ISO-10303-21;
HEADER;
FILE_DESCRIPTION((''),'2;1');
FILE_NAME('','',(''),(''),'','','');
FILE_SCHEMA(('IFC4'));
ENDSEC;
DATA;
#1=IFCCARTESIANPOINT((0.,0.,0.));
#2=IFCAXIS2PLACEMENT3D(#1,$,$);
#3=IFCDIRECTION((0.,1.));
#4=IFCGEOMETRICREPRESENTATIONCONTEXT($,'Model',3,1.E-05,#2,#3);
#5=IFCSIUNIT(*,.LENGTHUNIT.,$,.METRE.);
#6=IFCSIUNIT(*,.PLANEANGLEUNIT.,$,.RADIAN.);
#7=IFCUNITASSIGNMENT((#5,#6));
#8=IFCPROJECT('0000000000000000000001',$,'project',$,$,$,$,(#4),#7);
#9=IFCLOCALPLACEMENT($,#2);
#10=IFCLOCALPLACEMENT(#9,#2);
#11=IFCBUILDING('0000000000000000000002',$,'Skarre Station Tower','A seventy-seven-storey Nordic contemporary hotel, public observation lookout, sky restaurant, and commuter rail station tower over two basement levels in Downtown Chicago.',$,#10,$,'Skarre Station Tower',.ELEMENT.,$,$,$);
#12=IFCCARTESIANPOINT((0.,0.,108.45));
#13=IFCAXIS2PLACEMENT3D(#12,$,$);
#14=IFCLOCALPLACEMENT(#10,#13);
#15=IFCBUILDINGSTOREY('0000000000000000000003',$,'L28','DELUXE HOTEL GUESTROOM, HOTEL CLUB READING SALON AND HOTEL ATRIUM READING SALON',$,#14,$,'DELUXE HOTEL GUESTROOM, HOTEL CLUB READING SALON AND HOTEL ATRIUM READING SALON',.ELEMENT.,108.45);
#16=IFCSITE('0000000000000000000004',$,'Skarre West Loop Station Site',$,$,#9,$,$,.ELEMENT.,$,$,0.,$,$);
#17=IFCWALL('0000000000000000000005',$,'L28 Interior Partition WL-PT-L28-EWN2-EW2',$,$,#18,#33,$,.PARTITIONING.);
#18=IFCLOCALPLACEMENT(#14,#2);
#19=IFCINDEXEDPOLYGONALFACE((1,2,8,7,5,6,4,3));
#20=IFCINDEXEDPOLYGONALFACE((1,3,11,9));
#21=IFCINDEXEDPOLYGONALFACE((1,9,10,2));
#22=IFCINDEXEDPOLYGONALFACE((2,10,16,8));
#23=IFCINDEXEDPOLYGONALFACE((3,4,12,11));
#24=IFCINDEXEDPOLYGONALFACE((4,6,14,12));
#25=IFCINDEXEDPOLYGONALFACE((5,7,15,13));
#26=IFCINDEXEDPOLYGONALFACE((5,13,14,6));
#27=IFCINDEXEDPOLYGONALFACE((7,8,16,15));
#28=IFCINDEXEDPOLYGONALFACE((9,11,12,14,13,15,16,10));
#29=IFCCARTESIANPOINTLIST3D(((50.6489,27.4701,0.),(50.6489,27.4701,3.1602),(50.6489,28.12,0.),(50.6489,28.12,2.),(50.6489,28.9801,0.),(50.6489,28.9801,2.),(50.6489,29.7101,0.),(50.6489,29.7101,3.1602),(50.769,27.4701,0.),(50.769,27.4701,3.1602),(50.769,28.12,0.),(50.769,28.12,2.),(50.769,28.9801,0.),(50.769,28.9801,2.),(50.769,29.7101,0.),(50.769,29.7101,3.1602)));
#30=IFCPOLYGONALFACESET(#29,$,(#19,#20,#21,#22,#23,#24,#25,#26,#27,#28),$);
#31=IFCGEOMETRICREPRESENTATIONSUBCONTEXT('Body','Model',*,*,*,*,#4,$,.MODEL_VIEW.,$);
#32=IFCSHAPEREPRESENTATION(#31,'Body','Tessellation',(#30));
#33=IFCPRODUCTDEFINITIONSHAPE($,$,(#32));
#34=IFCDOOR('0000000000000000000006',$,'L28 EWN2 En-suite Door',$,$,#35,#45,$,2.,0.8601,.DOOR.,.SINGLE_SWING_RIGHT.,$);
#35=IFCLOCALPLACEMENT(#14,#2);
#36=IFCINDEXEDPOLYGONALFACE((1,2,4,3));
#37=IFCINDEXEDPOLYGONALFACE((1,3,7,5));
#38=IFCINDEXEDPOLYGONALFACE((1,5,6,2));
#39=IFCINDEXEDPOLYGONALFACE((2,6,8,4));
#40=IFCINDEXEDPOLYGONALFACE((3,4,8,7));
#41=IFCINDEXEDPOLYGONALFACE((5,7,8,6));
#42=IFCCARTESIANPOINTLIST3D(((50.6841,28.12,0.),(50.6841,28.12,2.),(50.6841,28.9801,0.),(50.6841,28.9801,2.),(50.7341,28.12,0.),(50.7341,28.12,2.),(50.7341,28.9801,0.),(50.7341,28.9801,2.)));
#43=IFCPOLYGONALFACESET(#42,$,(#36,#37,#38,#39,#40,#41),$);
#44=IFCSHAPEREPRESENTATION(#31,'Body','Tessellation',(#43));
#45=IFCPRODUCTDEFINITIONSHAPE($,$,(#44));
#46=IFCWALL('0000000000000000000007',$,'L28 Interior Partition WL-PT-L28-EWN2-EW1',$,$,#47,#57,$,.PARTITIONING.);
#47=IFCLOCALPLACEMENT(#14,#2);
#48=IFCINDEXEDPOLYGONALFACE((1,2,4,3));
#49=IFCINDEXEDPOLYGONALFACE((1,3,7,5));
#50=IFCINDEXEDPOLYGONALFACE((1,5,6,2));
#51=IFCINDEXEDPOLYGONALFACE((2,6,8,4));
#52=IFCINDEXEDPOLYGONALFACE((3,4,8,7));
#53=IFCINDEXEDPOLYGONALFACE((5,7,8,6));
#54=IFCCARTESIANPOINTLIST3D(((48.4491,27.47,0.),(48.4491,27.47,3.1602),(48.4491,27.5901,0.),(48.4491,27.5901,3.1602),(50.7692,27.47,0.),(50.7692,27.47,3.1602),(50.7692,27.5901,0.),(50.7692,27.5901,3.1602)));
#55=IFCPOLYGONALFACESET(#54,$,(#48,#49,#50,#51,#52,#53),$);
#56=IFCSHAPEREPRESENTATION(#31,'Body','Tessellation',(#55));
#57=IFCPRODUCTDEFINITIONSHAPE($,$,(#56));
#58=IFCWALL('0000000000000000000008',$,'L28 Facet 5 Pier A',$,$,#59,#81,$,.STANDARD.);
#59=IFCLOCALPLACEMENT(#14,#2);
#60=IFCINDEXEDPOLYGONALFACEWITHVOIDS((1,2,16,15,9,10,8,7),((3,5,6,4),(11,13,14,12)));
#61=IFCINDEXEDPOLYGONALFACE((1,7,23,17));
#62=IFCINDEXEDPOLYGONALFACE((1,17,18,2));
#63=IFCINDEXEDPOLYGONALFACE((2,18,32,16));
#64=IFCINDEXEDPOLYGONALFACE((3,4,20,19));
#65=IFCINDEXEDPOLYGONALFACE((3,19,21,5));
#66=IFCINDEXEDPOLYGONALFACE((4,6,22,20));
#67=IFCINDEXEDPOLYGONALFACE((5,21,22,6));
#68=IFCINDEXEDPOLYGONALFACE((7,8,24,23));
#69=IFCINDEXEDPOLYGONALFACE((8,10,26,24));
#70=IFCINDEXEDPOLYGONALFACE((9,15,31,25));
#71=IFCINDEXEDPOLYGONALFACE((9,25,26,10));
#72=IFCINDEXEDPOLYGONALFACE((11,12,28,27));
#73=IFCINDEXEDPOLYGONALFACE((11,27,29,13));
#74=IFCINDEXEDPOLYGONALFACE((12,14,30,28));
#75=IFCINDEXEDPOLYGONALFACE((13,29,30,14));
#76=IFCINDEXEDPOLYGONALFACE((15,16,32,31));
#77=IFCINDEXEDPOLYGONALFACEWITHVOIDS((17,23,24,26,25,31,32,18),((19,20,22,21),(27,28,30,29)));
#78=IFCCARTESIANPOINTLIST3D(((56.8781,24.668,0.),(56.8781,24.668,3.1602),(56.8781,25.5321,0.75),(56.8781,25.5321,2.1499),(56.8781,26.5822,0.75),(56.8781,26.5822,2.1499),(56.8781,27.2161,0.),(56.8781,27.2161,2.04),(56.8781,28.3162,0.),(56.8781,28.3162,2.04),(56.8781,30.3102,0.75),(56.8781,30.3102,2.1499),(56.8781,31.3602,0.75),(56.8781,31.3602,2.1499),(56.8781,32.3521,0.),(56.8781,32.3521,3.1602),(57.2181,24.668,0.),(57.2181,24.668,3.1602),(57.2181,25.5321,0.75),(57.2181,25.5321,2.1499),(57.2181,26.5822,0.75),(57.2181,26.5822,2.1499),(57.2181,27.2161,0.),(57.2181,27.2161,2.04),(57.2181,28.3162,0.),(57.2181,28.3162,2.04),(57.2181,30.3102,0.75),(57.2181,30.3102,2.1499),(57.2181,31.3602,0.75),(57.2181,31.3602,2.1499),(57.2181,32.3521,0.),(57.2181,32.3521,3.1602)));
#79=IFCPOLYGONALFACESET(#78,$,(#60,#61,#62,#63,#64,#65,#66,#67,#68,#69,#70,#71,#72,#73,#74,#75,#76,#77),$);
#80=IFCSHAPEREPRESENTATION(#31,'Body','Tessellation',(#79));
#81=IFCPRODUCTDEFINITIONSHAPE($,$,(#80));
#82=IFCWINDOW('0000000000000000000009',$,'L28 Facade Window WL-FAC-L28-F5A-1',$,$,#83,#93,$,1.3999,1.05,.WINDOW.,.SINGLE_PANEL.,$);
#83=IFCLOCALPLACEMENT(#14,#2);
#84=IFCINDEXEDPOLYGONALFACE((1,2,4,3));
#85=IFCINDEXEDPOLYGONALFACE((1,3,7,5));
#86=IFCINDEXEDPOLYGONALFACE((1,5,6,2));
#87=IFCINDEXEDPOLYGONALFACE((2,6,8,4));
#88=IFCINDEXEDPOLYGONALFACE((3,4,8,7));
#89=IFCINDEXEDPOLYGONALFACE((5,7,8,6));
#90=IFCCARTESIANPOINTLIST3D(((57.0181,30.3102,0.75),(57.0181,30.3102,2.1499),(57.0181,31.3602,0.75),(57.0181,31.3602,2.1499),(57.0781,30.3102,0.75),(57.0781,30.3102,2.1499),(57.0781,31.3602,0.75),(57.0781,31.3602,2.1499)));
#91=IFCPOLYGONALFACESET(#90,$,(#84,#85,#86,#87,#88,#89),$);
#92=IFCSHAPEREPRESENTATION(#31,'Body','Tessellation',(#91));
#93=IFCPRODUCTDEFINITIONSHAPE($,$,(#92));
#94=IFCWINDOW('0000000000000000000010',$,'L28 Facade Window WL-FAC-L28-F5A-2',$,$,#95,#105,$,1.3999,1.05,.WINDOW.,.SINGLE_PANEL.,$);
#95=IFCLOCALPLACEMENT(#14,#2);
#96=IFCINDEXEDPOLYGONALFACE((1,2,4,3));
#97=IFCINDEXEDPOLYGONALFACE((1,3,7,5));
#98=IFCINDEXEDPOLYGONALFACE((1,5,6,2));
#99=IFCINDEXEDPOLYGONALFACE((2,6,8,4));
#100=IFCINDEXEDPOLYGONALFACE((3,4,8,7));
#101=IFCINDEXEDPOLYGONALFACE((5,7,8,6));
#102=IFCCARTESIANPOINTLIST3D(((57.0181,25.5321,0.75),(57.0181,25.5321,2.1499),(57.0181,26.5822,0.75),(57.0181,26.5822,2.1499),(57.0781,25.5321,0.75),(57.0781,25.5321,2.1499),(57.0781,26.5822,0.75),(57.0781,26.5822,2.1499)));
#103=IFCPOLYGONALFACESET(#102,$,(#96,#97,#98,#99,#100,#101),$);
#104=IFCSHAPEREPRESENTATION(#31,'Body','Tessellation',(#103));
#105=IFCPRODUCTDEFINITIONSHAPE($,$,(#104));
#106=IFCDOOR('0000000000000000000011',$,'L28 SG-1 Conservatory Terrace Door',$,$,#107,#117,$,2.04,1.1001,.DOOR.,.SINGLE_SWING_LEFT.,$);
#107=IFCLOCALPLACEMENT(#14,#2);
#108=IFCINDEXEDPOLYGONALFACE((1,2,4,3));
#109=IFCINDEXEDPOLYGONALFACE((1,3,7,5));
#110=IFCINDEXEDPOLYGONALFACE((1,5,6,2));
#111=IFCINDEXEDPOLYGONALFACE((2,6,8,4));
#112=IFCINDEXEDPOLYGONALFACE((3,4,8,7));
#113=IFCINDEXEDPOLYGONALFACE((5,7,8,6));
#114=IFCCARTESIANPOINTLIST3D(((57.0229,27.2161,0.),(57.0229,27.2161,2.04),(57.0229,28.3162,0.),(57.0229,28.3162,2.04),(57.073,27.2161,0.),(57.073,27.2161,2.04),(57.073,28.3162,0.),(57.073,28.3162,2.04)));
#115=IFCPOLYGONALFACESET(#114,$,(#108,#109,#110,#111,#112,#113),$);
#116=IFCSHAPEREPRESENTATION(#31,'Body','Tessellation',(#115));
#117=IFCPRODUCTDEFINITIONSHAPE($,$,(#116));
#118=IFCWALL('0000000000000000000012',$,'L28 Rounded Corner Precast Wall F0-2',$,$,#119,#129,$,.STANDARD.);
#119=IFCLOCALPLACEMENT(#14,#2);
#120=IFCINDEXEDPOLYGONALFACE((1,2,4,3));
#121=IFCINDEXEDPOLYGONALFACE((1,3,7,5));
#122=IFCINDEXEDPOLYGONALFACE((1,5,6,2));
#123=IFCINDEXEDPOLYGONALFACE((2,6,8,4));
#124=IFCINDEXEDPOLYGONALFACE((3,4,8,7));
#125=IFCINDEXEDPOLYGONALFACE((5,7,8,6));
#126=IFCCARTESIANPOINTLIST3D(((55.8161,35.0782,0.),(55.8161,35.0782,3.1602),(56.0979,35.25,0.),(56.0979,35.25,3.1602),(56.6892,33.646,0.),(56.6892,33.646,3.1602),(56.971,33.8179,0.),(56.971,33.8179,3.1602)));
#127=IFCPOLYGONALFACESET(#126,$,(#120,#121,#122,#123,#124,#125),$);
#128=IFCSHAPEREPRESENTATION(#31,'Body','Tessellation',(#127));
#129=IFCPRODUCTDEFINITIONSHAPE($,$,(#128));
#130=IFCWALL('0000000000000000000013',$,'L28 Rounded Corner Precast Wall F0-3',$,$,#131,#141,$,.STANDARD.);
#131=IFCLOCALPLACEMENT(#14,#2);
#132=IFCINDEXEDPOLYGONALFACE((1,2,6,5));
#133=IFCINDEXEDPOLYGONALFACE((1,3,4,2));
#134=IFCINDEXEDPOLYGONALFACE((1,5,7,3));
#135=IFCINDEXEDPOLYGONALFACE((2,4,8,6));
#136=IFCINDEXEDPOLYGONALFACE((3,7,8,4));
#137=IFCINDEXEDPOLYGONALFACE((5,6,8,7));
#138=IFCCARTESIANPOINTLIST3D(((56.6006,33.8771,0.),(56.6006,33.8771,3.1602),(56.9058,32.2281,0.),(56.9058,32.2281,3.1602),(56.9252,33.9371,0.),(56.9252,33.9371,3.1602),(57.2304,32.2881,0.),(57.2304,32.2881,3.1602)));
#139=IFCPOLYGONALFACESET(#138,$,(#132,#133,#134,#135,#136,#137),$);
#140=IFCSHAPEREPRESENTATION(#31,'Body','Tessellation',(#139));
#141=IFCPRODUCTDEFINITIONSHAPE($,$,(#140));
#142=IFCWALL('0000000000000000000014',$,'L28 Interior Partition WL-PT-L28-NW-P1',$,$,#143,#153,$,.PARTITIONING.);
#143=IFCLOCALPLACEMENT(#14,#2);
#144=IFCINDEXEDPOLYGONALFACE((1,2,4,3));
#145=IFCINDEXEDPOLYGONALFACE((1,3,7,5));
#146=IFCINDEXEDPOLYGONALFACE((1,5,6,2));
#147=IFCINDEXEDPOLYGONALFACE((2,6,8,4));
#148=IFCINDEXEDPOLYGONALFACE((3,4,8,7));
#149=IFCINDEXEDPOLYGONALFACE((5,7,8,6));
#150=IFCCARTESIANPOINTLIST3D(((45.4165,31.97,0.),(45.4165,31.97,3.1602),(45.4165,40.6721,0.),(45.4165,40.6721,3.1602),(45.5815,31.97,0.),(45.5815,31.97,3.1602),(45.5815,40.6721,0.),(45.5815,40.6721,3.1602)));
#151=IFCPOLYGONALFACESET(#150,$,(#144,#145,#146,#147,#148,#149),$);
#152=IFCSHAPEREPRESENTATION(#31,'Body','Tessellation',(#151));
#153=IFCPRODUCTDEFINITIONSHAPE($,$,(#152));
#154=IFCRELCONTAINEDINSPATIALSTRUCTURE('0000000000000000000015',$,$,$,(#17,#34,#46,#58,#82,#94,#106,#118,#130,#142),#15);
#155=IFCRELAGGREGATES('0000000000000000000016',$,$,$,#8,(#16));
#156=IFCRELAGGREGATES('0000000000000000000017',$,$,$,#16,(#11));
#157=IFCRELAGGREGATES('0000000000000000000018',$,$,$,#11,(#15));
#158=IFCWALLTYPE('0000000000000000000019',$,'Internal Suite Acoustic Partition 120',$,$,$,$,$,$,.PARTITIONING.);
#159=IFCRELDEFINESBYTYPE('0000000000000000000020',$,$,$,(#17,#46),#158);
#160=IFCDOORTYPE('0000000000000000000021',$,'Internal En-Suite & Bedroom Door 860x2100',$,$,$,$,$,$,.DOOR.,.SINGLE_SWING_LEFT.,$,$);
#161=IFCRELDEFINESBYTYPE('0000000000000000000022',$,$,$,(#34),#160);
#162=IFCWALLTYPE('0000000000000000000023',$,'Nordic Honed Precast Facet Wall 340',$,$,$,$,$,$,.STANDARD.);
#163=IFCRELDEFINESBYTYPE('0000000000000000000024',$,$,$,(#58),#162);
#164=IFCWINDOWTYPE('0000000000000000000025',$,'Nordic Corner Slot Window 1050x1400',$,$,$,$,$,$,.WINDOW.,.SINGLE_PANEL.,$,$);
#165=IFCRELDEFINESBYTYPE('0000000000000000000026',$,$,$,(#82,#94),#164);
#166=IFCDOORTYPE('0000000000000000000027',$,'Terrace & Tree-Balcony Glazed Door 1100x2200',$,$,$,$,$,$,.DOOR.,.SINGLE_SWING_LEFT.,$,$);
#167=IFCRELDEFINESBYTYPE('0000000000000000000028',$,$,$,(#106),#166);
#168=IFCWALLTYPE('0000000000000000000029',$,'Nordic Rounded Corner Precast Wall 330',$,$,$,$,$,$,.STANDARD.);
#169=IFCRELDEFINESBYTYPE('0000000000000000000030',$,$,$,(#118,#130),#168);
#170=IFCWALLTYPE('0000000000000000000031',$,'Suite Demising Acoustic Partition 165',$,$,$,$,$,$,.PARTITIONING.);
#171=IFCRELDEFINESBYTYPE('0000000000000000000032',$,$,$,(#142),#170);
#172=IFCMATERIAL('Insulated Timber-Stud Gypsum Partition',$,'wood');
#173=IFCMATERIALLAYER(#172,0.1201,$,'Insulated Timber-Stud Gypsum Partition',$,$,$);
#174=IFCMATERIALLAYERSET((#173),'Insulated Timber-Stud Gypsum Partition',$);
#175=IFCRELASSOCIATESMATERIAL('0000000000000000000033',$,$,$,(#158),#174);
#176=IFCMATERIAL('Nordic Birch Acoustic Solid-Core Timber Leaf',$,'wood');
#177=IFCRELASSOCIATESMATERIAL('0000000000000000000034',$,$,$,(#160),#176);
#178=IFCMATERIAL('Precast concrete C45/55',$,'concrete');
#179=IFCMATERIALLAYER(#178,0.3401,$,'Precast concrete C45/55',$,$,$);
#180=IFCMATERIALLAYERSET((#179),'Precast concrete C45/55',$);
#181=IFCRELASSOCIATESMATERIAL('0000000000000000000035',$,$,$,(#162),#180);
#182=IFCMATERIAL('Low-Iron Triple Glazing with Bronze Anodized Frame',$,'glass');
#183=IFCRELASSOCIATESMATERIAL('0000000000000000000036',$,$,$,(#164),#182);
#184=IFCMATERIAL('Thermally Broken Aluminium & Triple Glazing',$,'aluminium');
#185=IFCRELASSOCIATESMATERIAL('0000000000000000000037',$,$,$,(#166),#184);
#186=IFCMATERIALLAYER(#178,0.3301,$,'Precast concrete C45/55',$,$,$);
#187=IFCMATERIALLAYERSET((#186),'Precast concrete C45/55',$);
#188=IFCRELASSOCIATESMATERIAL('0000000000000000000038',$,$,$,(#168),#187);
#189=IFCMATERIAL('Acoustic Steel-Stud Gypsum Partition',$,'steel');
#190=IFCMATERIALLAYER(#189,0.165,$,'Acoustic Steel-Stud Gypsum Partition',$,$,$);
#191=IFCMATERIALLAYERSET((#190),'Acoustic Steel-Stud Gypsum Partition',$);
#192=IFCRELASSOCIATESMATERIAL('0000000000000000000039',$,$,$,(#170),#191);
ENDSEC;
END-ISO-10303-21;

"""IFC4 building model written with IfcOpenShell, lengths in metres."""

from ifc_helpers import new_model, si_unit, direction, frame, frame_2d, origin, place, context, subcontext, project, spatial, rectangle, extrude, material, layer, layer_set, type_object, element, fill, save


model = new_model("IFC4")

# Units and contexts
model_context = context("Model", 3, precision=1e-05, world=origin(), true_north=direction((0.0, 1.0)))
body_context = subcontext(model_context, "Body", "Model", "MODEL_VIEW")
ifc_project = project(units=[si_unit("LENGTHUNIT", "METRE"), si_unit("PLANEANGLEUNIT", "RADIAN")], contexts=[model_context])

# Site, building, storey
site_placement = place(None, origin())
site = spatial("IfcSite", under=ifc_project, at=site_placement, Name="Skarre West Loop Station Site", CompositionType="ELEMENT", RefElevation=0.0)
building_placement = place(site_placement, origin())
building = spatial("IfcBuilding", under=site, at=building_placement, Name="Skarre Station Tower", Description="A seventy-seven-storey Nordic contemporary hotel, public observation lookout, sky restaurant, and commuter rail station tower over two basement levels in Downtown Chicago.", LongName="Skarre Station Tower", CompositionType="ELEMENT")
storey_placement = place(building_placement, frame((0.0, 0.0, 108.45)))
storey = spatial("IfcBuildingStorey", under=building, at=storey_placement, Name="L28", Description="DELUXE HOTEL GUESTROOM, HOTEL CLUB READING SALON AND HOTEL ATRIUM READING SALON", LongName="DELUXE HOTEL GUESTROOM, HOTEL CLUB READING SALON AND HOTEL ATRIUM READING SALON", CompositionType="ELEMENT", Elevation=108.45)

# Wall, opening, door
ifc_material_1 = material(Name="Acoustic Steel-Stud Gypsum Partition", Category="steel")
ifc_material_2 = material(Name="Insulated Timber-Stud Gypsum Partition", Category="wood")
ifc_layer_1 = layer(ifc_material_2, 0.1201, Name="Insulated Timber-Stud Gypsum Partition")
ifc_layer_set_1 = layer_set([ifc_layer_1], Name="Insulated Timber-Stud Gypsum Partition")
wall_type_1 = type_object("IfcWallType", Name="Internal Suite Acoustic Partition 120", PredefinedType="PARTITIONING", material=ifc_layer_set_1)
wall_1_placement = place(storey_placement, frame((50.709, 27.47, 0.0), z_axis=(0.0, 0.0, 1.0), x_axis=(0.0, 1.0, 0.0)))
wall_1 = element("IfcWall", 1, at=wall_1_placement, inside=storey, type_object=wall_type_1, Name="L28 Interior Partition WL-PT-L28-EWN2-EW2", PredefinedType="PARTITIONING", context=body_context, shape_type="SweptSolid", body=[
    extrude(rectangle(XDim=2.24, YDim=0.1201, at=frame_2d((1.1201, 0.0))), origin(), (0.0, 0.0, 1.0), 3.1602),
])
opening_1_placement = place(wall_1_placement, frame((0.6499, 0.0, 0.0)))
opening_1 = element("IfcOpeningElement", 2, at=opening_1_placement, cuts=wall_1, PredefinedType="OPENING", context=body_context, shape_type="SweptSolid", body=[
    extrude(rectangle(XDim=0.8601, YDim=2.0, at=frame_2d((0.4302, 1.0))), frame((0.0, 0.0701, 0.0), z_axis=(0.0, -1.0, 0.0), x_axis=(1.0, 0.0, 0.0)), (0.0, 0.0, 1.0), 0.1401),
])
ifc_material_3 = material(Name="Nordic Birch Acoustic Solid-Core Timber Leaf", Category="wood")
door_type_1 = type_object("IfcDoorType", Name="Internal En-Suite & Bedroom Door 860x2100", OperationType="SINGLE_SWING_LEFT", PredefinedType="DOOR", material=ifc_material_3)
door_1_placement = place(opening_1_placement, origin())
door_1 = element("IfcDoor", 3, at=door_1_placement, inside=storey, type_object=door_type_1, Name="L28 EWN2 En-suite Door", OperationType="SINGLE_SWING_RIGHT", OverallHeight=2.0, OverallWidth=0.8601, PredefinedType="DOOR", context=body_context, shape_type="SweptSolid", body=[
    extrude(rectangle(XDim=0.8601, YDim=2.0, at=frame_2d((0.4302, 1.0))), frame((0.0, 0.0249, 0.0), z_axis=(0.0, -1.0, 0.0), x_axis=(1.0, 0.0, 0.0)), (0.0, 0.0, 1.0), 0.05),
])
fill(opening_1, door_1)

# Wall
wall_2_placement = place(storey_placement, frame((48.449, 27.53, 0.0), z_axis=(0.0, 0.0, 1.0), x_axis=(1.0, 0.0, 0.0)))
element("IfcWall", 4, at=wall_2_placement, inside=storey, type_object=wall_type_1, Name="L28 Interior Partition WL-PT-L28-EWN2-EW1", PredefinedType="PARTITIONING", context=body_context, shape_type="SweptSolid", body=[
    extrude(rectangle(XDim=2.3201, YDim=0.1201, at=frame_2d((1.1602, 0.0))), origin(), (0.0, 0.0, 1.0), 3.1602),
])

# Wall, openings, windows, door
ifc_material_4 = material(Name="Precast concrete C45/55", Category="concrete")
ifc_layer_2 = layer(ifc_material_4, 0.3401, Name="Precast concrete C45/55")
ifc_layer_set_2 = layer_set([ifc_layer_2], Name="Precast concrete C45/55")
wall_type_2 = type_object("IfcWallType", Name="Nordic Honed Precast Facet Wall 340", PredefinedType="STANDARD", material=ifc_layer_set_2)
wall_3_placement = place(storey_placement, frame((57.0481, 32.3521, 0.0), z_axis=(0.0, 0.0, 1.0), x_axis=(0.0, -1.0, 0.0)))
wall_3 = element("IfcWall", 5, at=wall_3_placement, inside=storey, type_object=wall_type_2, Name="L28 Facet 5 Pier A", PredefinedType="STANDARD", context=body_context, shape_type="SweptSolid", body=[
    extrude(rectangle(XDim=7.6841, YDim=0.3401, at=frame_2d((3.842, 0.0))), origin(), (0.0, 0.0, 1.0), 3.1602),
])
opening_2_placement = place(wall_3_placement, frame((4.0359, 0.0, 0.0)))
opening_2 = element("IfcOpeningElement", 6, at=opening_2_placement, cuts=wall_3, PredefinedType="OPENING", context=body_context, shape_type="SweptSolid", body=[
    extrude(rectangle(XDim=1.1001, YDim=2.04, at=frame_2d((0.55, 1.02))), frame((0.0, 0.1799, 0.0), z_axis=(0.0, -1.0, 0.0), x_axis=(1.0, 0.0, 0.0)), (0.0, 0.0, 1.0), 0.3601),
])
opening_3_placement = place(wall_3_placement, frame((0.9919, 0.0, 0.75)))
opening_3 = element("IfcOpeningElement", 7, at=opening_3_placement, cuts=wall_3, PredefinedType="OPENING", context=body_context, shape_type="SweptSolid", body=[
    extrude(rectangle(XDim=1.05, YDim=1.3999, at=frame_2d((0.5249, 0.7))), frame((0.0, 0.1799, 0.0), z_axis=(0.0, -1.0, 0.0), x_axis=(1.0, 0.0, 0.0)), (0.0, 0.0, 1.0), 0.3601),
])
opening_4_placement = place(wall_3_placement, frame((5.77, 0.0, 0.75)))
opening_4 = element("IfcOpeningElement", 8, at=opening_4_placement, cuts=wall_3, PredefinedType="OPENING", context=body_context, shape_type="SweptSolid", body=[
    extrude(rectangle(XDim=1.05, YDim=1.3999, at=frame_2d((0.5249, 0.7))), frame((0.0, 0.1799, 0.0), z_axis=(0.0, -1.0, 0.0), x_axis=(1.0, 0.0, 0.0)), (0.0, 0.0, 1.0), 0.3601),
])
ifc_material_5 = material(Name="Low-Iron Triple Glazing with Bronze Anodized Frame", Category="glass")
window_type = type_object("IfcWindowType", Name="Nordic Corner Slot Window 1050x1400", PartitioningType="SINGLE_PANEL", PredefinedType="WINDOW", material=ifc_material_5)
window_1_placement = place(opening_3_placement, origin())
window_1 = element("IfcWindow", 9, at=window_1_placement, inside=storey, type_object=window_type, Name="L28 Facade Window WL-FAC-L28-F5A-1", OverallHeight=1.3999, OverallWidth=1.05, PartitioningType="SINGLE_PANEL", PredefinedType="WINDOW", context=body_context, shape_type="SweptSolid", body=[
    extrude(rectangle(XDim=1.05, YDim=1.3999, at=frame_2d((0.5249, 0.7))), frame((0.0, 0.03, 0.0), z_axis=(0.0, -1.0, 0.0), x_axis=(1.0, 0.0, 0.0)), (0.0, 0.0, 1.0), 0.0601),
])
fill(opening_3, window_1)
window_2_placement = place(opening_4_placement, origin())
window_2 = element("IfcWindow", 10, at=window_2_placement, inside=storey, type_object=window_type, Name="L28 Facade Window WL-FAC-L28-F5A-2", OverallHeight=1.3999, OverallWidth=1.05, PartitioningType="SINGLE_PANEL", PredefinedType="WINDOW", context=body_context, shape_type="SweptSolid", body=[
    extrude(rectangle(XDim=1.05, YDim=1.3999, at=frame_2d((0.5249, 0.7))), frame((0.0, 0.03, 0.0), z_axis=(0.0, -1.0, 0.0), x_axis=(1.0, 0.0, 0.0)), (0.0, 0.0, 1.0), 0.0601),
])
fill(opening_4, window_2)
ifc_material_6 = material(Name="Thermally Broken Aluminium & Triple Glazing", Category="aluminium")
door_type_2 = type_object("IfcDoorType", Name="Terrace & Tree-Balcony Glazed Door 1100x2200", OperationType="SINGLE_SWING_LEFT", PredefinedType="DOOR", material=ifc_material_6)
door_2_placement = place(opening_2_placement, origin())
door_2 = element("IfcDoor", 11, at=door_2_placement, inside=storey, type_object=door_type_2, Name="L28 SG-1 Conservatory Terrace Door", OperationType="SINGLE_SWING_LEFT", OverallHeight=2.04, OverallWidth=1.1001, PredefinedType="DOOR", context=body_context, shape_type="SweptSolid", body=[
    extrude(rectangle(XDim=1.1001, YDim=2.04, at=frame_2d((0.55, 1.02))), frame((0.0, 0.0249, 0.0), z_axis=(0.0, -1.0, 0.0), x_axis=(1.0, 0.0, 0.0)), (0.0, 0.0, 1.0), 0.05),
])
fill(opening_2, door_2)

# Walls
ifc_layer_3 = layer(ifc_material_4, 0.3301, Name="Precast concrete C45/55")
ifc_layer_set_3 = layer_set([ifc_layer_3], Name="Precast concrete C45/55")
wall_type_3 = type_object("IfcWallType", Name="Nordic Rounded Corner Precast Wall 330", PredefinedType="STANDARD", material=ifc_layer_set_3)
wall_4_placement = place(storey_placement, frame((55.957, 35.1641, 0.0), z_axis=(0.0, 0.0, 1.0), x_axis=(0.520519, -0.85385, 0.0)))
element("IfcWall", 12, at=wall_4_placement, inside=storey, type_object=wall_type_3, Name="L28 Rounded Corner Precast Wall F0-2", PredefinedType="STANDARD", context=body_context, shape_type="SweptSolid", body=[
    extrude(rectangle(XDim=1.6772, YDim=0.3301, at=frame_2d((0.8386, 0.0))), origin(), (0.0, 0.0, 1.0), 3.1602),
])
wall_5_placement = place(storey_placement, frame((56.7629, 33.907, 0.0), z_axis=(0.0, 0.0, 1.0), x_axis=(0.181985, -0.983301, 0.0)))
element("IfcWall", 13, at=wall_5_placement, inside=storey, type_object=wall_type_3, Name="L28 Rounded Corner Precast Wall F0-3", PredefinedType="STANDARD", context=body_context, shape_type="SweptSolid", body=[
    extrude(rectangle(XDim=1.677, YDim=0.3301, at=frame_2d((0.8384, 0.0))), origin(), (0.0, 0.0, 1.0), 3.1602),
])
ifc_layer_4 = layer(ifc_material_1, 0.165, Name="Acoustic Steel-Stud Gypsum Partition")
ifc_layer_set_4 = layer_set([ifc_layer_4], Name="Acoustic Steel-Stud Gypsum Partition")
wall_type_4 = type_object("IfcWallType", Name="Suite Demising Acoustic Partition 165", PredefinedType="PARTITIONING", material=ifc_layer_set_4)
wall_6_placement = place(storey_placement, frame((45.499, 31.97, 0.0), z_axis=(0.0, 0.0, 1.0), x_axis=(0.0, 1.0, 0.0)))
element("IfcWall", 14, at=wall_6_placement, inside=storey, type_object=wall_type_4, Name="L28 Interior Partition WL-PT-L28-NW-P1", PredefinedType="PARTITIONING", context=body_context, shape_type="SweptSolid", body=[
    extrude(rectangle(XDim=8.7021, YDim=0.165, at=frame_2d((4.3511, 0.0))), origin(), (0.0, 0.0, 1.0), 3.1602),
])

save(model, "model.ifc")
